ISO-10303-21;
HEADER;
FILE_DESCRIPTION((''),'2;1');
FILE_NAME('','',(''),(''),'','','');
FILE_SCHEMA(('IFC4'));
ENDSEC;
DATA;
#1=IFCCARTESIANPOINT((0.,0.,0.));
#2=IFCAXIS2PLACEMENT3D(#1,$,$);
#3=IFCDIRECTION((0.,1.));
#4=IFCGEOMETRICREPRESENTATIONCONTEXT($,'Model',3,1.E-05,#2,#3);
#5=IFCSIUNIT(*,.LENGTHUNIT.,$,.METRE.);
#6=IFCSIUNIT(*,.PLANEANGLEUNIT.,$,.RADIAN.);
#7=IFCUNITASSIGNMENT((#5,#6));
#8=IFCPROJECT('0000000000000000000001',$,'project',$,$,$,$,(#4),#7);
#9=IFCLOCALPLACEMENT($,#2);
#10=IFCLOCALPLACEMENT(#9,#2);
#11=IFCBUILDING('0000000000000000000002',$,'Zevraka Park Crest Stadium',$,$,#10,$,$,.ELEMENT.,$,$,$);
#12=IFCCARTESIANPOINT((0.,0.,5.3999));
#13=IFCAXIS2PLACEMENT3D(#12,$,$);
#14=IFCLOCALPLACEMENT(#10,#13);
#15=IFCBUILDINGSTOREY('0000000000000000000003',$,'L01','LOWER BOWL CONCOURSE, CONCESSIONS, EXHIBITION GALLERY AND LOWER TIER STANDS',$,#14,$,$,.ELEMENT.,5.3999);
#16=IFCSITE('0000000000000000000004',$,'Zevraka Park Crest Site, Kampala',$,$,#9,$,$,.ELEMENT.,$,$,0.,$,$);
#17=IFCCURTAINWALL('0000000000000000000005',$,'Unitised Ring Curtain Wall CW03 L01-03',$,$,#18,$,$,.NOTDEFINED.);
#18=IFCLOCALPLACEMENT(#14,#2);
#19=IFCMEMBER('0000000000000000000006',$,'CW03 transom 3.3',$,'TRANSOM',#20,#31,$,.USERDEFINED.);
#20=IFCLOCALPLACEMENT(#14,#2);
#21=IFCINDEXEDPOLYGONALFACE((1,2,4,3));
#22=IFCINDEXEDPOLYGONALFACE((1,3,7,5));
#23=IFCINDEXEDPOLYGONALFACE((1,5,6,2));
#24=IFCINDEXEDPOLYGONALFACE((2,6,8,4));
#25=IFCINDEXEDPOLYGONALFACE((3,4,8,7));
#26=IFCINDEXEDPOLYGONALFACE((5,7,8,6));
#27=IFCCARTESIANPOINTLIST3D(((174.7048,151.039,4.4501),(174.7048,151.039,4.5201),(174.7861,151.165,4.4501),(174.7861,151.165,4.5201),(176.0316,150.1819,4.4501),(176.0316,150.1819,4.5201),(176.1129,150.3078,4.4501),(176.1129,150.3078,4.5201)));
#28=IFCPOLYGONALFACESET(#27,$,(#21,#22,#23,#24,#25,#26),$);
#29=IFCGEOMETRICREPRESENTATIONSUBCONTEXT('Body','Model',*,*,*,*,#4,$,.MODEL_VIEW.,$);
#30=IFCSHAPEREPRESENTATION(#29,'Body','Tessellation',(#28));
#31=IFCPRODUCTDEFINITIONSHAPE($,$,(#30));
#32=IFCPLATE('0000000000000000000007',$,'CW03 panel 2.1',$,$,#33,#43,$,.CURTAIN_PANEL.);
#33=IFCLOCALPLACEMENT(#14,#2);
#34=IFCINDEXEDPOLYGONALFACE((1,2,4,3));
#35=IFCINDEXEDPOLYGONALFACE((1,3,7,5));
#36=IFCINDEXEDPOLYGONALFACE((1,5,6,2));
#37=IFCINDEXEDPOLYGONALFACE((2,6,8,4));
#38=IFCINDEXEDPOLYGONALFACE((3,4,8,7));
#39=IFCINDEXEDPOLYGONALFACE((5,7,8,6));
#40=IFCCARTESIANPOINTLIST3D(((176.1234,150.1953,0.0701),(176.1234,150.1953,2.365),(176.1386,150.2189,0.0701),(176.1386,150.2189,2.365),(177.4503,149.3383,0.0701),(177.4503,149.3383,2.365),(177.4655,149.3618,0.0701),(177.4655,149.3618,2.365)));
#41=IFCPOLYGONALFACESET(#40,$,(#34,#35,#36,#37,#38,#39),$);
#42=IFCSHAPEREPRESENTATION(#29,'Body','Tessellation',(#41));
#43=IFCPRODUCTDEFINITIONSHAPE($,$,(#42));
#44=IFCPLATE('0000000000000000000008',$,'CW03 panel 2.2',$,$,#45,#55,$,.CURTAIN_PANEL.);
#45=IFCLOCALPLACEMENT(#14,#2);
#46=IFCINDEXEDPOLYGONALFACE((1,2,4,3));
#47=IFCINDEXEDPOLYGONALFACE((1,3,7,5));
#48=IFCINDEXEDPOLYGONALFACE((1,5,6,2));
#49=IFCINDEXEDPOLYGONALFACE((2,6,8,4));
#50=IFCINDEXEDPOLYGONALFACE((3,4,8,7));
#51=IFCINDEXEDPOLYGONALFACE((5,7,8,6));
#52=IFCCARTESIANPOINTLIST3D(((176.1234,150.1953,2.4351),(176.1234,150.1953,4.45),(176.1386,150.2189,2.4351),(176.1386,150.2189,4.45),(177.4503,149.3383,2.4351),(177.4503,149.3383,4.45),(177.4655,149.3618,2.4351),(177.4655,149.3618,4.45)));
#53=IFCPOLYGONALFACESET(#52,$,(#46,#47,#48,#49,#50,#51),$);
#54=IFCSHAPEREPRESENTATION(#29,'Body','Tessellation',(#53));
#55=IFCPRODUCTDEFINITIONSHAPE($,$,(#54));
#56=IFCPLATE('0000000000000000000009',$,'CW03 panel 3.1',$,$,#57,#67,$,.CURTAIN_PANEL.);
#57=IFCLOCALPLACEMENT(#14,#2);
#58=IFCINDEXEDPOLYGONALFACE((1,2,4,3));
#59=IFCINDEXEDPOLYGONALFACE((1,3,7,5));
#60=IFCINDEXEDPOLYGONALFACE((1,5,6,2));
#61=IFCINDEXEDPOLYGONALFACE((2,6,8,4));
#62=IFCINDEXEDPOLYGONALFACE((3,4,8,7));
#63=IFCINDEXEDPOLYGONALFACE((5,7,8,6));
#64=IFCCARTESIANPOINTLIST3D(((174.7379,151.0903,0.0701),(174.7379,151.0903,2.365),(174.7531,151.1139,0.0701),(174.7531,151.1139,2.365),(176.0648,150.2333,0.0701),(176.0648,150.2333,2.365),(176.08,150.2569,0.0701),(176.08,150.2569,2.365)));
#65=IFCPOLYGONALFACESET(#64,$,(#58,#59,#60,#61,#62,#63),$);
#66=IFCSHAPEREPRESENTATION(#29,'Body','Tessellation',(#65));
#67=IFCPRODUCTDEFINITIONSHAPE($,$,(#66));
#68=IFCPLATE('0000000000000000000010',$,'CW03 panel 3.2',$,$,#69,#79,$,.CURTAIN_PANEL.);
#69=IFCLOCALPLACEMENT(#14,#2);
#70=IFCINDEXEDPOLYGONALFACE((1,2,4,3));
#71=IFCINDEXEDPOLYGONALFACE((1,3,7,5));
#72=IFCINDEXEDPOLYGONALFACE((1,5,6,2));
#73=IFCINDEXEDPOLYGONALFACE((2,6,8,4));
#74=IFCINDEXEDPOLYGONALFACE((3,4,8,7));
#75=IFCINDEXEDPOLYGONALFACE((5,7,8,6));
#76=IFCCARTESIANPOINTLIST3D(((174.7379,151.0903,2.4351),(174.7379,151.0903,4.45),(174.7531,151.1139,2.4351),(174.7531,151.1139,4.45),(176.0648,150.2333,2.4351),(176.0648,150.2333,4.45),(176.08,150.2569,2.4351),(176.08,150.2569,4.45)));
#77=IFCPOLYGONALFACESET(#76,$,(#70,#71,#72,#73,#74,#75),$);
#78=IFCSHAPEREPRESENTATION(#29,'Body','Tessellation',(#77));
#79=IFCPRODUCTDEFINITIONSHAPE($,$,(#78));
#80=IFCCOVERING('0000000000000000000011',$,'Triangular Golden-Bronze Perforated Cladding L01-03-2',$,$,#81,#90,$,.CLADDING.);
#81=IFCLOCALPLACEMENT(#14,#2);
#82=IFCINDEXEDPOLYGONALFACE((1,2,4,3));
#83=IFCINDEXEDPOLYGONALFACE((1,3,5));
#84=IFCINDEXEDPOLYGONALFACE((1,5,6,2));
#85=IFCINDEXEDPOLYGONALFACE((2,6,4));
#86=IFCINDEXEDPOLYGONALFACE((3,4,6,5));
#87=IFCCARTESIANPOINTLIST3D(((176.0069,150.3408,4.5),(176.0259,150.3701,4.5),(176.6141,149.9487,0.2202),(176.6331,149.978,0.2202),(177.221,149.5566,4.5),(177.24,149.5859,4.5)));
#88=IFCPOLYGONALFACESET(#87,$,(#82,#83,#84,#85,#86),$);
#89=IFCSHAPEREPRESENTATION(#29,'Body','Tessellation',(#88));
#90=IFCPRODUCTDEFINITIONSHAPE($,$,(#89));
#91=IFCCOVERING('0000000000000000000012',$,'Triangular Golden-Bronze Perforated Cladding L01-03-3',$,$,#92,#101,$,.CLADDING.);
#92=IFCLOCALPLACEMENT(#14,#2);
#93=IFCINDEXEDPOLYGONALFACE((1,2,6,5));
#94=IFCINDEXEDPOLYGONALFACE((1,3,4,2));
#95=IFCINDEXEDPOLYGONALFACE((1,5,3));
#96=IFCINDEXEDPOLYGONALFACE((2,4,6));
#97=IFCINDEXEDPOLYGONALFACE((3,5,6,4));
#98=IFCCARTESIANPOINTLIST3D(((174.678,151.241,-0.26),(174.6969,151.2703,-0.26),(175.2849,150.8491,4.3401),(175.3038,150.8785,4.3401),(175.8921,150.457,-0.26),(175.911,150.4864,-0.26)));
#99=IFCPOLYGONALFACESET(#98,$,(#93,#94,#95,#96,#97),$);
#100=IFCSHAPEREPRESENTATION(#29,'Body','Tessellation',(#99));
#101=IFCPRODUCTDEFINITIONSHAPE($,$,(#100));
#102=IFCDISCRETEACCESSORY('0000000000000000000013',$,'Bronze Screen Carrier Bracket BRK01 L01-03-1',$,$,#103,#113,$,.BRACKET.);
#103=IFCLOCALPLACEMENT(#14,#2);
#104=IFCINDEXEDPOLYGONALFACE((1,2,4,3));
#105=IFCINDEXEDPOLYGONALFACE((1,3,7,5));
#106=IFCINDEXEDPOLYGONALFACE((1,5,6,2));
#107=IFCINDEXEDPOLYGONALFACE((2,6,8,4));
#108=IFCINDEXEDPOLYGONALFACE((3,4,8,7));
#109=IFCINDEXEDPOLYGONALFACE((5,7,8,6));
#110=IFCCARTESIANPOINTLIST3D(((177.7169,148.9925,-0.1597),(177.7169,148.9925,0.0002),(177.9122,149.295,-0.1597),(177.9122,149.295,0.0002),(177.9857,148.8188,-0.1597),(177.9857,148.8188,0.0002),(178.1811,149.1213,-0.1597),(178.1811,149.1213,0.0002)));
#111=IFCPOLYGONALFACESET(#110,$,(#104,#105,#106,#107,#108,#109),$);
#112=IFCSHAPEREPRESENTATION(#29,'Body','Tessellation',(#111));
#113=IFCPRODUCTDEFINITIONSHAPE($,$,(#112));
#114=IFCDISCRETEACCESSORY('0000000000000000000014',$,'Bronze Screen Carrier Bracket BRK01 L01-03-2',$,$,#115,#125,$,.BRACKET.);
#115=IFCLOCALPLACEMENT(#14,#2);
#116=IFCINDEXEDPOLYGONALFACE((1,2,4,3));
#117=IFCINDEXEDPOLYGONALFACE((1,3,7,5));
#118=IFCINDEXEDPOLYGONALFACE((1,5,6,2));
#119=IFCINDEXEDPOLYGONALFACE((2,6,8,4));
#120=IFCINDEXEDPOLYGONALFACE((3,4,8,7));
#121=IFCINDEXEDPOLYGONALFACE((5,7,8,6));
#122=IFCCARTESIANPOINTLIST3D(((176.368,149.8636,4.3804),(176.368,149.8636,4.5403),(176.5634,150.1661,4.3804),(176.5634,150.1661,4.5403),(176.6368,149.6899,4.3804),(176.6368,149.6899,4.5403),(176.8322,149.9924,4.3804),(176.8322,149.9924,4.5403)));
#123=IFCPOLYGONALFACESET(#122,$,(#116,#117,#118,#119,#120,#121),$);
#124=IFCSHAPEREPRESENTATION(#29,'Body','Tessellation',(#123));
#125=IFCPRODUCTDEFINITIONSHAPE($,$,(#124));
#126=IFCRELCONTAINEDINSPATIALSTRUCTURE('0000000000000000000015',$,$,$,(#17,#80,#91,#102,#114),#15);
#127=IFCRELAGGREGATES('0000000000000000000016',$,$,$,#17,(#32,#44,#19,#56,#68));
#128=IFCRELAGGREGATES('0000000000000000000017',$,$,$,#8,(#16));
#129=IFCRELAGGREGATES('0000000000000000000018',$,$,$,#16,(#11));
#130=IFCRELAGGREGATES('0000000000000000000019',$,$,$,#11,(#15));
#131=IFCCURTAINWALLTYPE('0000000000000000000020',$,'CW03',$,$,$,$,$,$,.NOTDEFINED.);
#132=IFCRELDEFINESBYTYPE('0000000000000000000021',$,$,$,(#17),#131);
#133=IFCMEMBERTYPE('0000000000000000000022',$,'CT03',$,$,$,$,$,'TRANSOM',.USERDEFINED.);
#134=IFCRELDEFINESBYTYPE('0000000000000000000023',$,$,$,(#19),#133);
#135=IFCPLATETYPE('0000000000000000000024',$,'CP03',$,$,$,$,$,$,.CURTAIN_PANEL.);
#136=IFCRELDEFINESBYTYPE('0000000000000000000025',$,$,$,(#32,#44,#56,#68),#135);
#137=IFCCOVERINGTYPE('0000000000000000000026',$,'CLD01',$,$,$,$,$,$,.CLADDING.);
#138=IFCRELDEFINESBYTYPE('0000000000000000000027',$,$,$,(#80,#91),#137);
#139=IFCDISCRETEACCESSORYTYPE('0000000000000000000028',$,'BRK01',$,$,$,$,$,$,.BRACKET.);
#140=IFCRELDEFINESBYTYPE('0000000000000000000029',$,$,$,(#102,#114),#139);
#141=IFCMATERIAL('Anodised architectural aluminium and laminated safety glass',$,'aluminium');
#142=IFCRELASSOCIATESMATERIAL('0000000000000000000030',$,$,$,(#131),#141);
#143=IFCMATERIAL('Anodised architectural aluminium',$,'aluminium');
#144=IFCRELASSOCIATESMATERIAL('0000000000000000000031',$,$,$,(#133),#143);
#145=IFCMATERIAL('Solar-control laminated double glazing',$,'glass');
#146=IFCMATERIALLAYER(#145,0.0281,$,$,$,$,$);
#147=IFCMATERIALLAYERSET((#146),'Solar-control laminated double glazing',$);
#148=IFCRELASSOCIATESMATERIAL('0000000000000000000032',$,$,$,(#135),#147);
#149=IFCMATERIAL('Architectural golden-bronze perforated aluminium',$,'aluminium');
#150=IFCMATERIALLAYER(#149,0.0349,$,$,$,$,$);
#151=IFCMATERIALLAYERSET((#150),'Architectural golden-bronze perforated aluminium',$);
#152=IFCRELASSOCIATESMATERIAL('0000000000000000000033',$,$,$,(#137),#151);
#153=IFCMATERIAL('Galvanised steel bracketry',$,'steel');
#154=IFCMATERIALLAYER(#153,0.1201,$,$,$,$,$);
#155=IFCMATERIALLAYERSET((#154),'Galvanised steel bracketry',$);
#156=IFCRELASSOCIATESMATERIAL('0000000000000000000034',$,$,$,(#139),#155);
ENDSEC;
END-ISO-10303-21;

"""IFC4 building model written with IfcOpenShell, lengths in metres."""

from ifc_helpers import new_model, si_unit, direction, frame, origin, origin_2d, place, context, subcontext, project, spatial, polyline, rectangle, outline, extrude, material, layer, layer_set, material_profile, profile_set, type_object, element, aggregate, save


model = new_model("IFC4")

# Units and contexts
model_context = context("Model", 3, precision=1e-05, world=origin(), true_north=direction((0.0, 1.0)))
body_context = subcontext(model_context, "Body", "Model", "MODEL_VIEW")
ifc_project = project(units=[si_unit("LENGTHUNIT", "METRE"), si_unit("PLANEANGLEUNIT", "RADIAN")], contexts=[model_context])

# Site, building, storey
site_placement = place(None, origin())
site = spatial("IfcSite", under=ifc_project, at=site_placement, Name="Zevraka Park Crest Site, Kampala", CompositionType="ELEMENT", RefElevation=0.0)
building_placement = place(site_placement, origin())
building = spatial("IfcBuilding", under=site, at=building_placement, Name="Zevraka Park Crest Stadium", CompositionType="ELEMENT")
storey_placement = place(building_placement, frame((0.0, 0.0, 5.3999)))
storey = spatial("IfcBuildingStorey", under=building, at=storey_placement, Name="L01", Description="LOWER BOWL CONCOURSE, CONCESSIONS, EXHIBITION GALLERY AND LOWER TIER STANDS", CompositionType="ELEMENT", Elevation=5.3999)

# Curtain wall, member, plates
ifc_material_1 = material(Name="Anodised architectural aluminium and laminated safety glass", Category="aluminium")
curtain_wall_type = type_object("IfcCurtainWallType", Name="CW03", PredefinedType="NOTDEFINED", material=ifc_material_1)
curtain_wall_placement = place(storey_placement, origin())
curtain_wall = element("IfcCurtainWall", 1, at=curtain_wall_placement, inside=storey, type_object=curtain_wall_type, Name="Unitised Ring Curtain Wall CW03 L01-03", PredefinedType="NOTDEFINED")
ifc_material_2 = material(Name="Anodised architectural aluminium", Category="aluminium")
ifc_material_profile_1 = material_profile(ifc_material_2, rectangle(XDim=0.1499, YDim=0.0701, at=origin_2d()), Name="ALU TRANSOM 150x70")
ifc_profile_set_1 = profile_set([ifc_material_profile_1], Name="Anodised architectural aluminium")
member_type_1 = type_object("IfcMemberType", Name="CT03", ElementType="TRANSOM", PredefinedType="USERDEFINED", material=ifc_profile_set_1)
member_1_placement = place(storey_placement, frame((176.0723, 150.2449, 4.4851), z_axis=(-0.839976, 0.542623, 0.0), x_axis=(-0.542623, -0.839976, 0.0)))
member_1 = element("IfcMember", 2, at=member_1_placement, type_object=member_type_1, Name="CW03 transom 3.3", ObjectType="TRANSOM", PredefinedType="USERDEFINED", context=body_context, shape_type="SweptSolid", body=[
    extrude(rectangle(XDim=0.1499, YDim=0.0701, at=origin_2d()), origin(), (0.0, 0.0, 1.0), 1.5796),
])
ifc_material_3 = material(Name="Solar-control laminated double glazing", Category="glass")
ifc_layer_1 = layer(ifc_material_3, 0.0281)
ifc_layer_set_1 = layer_set([ifc_layer_1], Name="Solar-control laminated double glazing")
plate_type = type_object("IfcPlateType", Name="CP03", PredefinedType="CURTAIN_PANEL", material=ifc_layer_set_1)
plate_1_placement = place(storey_placement, frame((176.7944, 149.7786, 0.0701), z_axis=(0.0, 0.0, 1.0), x_axis=(-0.84001, 0.542571, 0.0)))
plate_1 = element("IfcPlate", 3, at=plate_1_placement, type_object=plate_type, Name="CW03 panel 2.1", PredefinedType="CURTAIN_PANEL", context=body_context, shape_type="SweptSolid", body=[
    extrude(rectangle(XDim=1.5796, YDim=0.0281, at=origin_2d()), origin(), (0.0, 0.0, 1.0), 2.2949),
])
plate_2_placement = place(storey_placement, frame((176.7944, 149.7786, 2.4351), z_axis=(0.0, 0.0, 1.0), x_axis=(-0.84001, 0.542571, 0.0)))
plate_2 = element("IfcPlate", 4, at=plate_2_placement, type_object=plate_type, Name="CW03 panel 2.2", PredefinedType="CURTAIN_PANEL", context=body_context, shape_type="SweptSolid", body=[
    extrude(rectangle(XDim=1.5796, YDim=0.0281, at=origin_2d()), origin(), (0.0, 0.0, 1.0), 2.0149),
])
plate_3_placement = place(storey_placement, frame((175.4089, 150.6736, 0.0701), z_axis=(0.0, 0.0, 1.0), x_axis=(-0.84001, 0.542571, 0.0)))
plate_3 = element("IfcPlate", 5, at=plate_3_placement, type_object=plate_type, Name="CW03 panel 3.1", PredefinedType="CURTAIN_PANEL", context=body_context, shape_type="SweptSolid", body=[
    extrude(rectangle(XDim=1.5796, YDim=0.0281, at=origin_2d()), origin(), (0.0, 0.0, 1.0), 2.2949),
])
plate_4_placement = place(storey_placement, frame((175.4089, 150.6736, 2.4351), z_axis=(0.0, 0.0, 1.0), x_axis=(-0.84001, 0.542571, 0.0)))
plate_4 = element("IfcPlate", 6, at=plate_4_placement, type_object=plate_type, Name="CW03 panel 3.2", PredefinedType="CURTAIN_PANEL", context=body_context, shape_type="SweptSolid", body=[
    extrude(rectangle(XDim=1.5796, YDim=0.0281, at=origin_2d()), origin(), (0.0, 0.0, 1.0), 2.0149),
])
aggregate(curtain_wall, [plate_1, plate_2, member_1, plate_3, plate_4])

# Coverings
ifc_material_4 = material(Name="Architectural golden-bronze perforated aluminium", Category="aluminium")
ifc_layer_2 = layer(ifc_material_4, 0.0349)
ifc_layer_set_2 = layer_set([ifc_layer_2], Name="Architectural golden-bronze perforated aluminium")
covering_type = type_object("IfcCoveringType", Name="CLD01", PredefinedType="CLADDING", material=ifc_layer_set_2)
covering_1_placement = place(storey_placement, frame((176.0259, 150.3701, 4.5), z_axis=(0.542558, 0.840019, 0.000015), x_axis=(0.840019, -0.542558, 0.0)))
element("IfcCovering", 7, at=covering_1_placement, inside=storey, type_object=covering_type, Name="Triangular Golden-Bronze Perforated Cladding L01-03-2", PredefinedType="CLADDING", context=body_context, shape_type="SweptSolid", body=[
    extrude(outline(polyline([(0.0, 0.0), (1.4453, 0.0), (0.7228, 4.2798), (0.0, 0.0)])), origin(), (0.0, 0.0, -1.0), 0.0349),
])
covering_2_placement = place(storey_placement, frame((175.8921, 150.457, -0.26), z_axis=(-0.542439, -0.840096, 0.000008), x_axis=(-0.840096, 0.542439, 0.0)))
element("IfcCovering", 8, at=covering_2_placement, inside=storey, type_object=covering_type, Name="Triangular Golden-Bronze Perforated Cladding L01-03-3", PredefinedType="CLADDING", context=body_context, shape_type="SweptSolid", body=[
    extrude(outline(polyline([(0.0, 0.0), (1.4452, 0.0), (0.7228, -4.6001), (0.0, 0.0)])), origin(), (0.0, 0.0, -1.0), 0.0349),
])

# Discrete accessories
ifc_material_5 = material(Name="Galvanised steel bracketry", Category="steel")
ifc_layer_3 = layer(ifc_material_5, 0.1201)
ifc_layer_set_3 = layer_set([ifc_layer_3], Name="Galvanised steel bracketry")
discrete_accessory_type = type_object("IfcDiscreteAccessoryType", Name="BRK01", PredefinedType="BRACKET", material=ifc_layer_set_3)
for number, where, z_axis, x_axis, name in (
    (9, (177.949, 149.0569, -0.1597), (0.0, 0.0, 1.0), (-0.839999, 0.542588, 0.0), "Bronze Screen Carrier Bracket BRK01 L01-03-1"),
    (10, (176.6001, 149.928, 4.3804), (0.0, 0.0, 1.0), (-0.839999, 0.542588, 0.0), "Bronze Screen Carrier Bracket BRK01 L01-03-2"),
):
    element("IfcDiscreteAccessory", number, at=place(storey_placement, frame(where, z_axis=z_axis, x_axis=x_axis)), inside=storey, type_object=discrete_accessory_type, Name=name, PredefinedType="BRACKET", context=body_context, shape_type="SweptSolid", body=[
        extrude(rectangle(XDim=0.3201, YDim=0.3601, at=origin_2d()), origin(), (0.0, 0.0, 1.0), 0.1599),
    ])

save(model, "model.ifc")
